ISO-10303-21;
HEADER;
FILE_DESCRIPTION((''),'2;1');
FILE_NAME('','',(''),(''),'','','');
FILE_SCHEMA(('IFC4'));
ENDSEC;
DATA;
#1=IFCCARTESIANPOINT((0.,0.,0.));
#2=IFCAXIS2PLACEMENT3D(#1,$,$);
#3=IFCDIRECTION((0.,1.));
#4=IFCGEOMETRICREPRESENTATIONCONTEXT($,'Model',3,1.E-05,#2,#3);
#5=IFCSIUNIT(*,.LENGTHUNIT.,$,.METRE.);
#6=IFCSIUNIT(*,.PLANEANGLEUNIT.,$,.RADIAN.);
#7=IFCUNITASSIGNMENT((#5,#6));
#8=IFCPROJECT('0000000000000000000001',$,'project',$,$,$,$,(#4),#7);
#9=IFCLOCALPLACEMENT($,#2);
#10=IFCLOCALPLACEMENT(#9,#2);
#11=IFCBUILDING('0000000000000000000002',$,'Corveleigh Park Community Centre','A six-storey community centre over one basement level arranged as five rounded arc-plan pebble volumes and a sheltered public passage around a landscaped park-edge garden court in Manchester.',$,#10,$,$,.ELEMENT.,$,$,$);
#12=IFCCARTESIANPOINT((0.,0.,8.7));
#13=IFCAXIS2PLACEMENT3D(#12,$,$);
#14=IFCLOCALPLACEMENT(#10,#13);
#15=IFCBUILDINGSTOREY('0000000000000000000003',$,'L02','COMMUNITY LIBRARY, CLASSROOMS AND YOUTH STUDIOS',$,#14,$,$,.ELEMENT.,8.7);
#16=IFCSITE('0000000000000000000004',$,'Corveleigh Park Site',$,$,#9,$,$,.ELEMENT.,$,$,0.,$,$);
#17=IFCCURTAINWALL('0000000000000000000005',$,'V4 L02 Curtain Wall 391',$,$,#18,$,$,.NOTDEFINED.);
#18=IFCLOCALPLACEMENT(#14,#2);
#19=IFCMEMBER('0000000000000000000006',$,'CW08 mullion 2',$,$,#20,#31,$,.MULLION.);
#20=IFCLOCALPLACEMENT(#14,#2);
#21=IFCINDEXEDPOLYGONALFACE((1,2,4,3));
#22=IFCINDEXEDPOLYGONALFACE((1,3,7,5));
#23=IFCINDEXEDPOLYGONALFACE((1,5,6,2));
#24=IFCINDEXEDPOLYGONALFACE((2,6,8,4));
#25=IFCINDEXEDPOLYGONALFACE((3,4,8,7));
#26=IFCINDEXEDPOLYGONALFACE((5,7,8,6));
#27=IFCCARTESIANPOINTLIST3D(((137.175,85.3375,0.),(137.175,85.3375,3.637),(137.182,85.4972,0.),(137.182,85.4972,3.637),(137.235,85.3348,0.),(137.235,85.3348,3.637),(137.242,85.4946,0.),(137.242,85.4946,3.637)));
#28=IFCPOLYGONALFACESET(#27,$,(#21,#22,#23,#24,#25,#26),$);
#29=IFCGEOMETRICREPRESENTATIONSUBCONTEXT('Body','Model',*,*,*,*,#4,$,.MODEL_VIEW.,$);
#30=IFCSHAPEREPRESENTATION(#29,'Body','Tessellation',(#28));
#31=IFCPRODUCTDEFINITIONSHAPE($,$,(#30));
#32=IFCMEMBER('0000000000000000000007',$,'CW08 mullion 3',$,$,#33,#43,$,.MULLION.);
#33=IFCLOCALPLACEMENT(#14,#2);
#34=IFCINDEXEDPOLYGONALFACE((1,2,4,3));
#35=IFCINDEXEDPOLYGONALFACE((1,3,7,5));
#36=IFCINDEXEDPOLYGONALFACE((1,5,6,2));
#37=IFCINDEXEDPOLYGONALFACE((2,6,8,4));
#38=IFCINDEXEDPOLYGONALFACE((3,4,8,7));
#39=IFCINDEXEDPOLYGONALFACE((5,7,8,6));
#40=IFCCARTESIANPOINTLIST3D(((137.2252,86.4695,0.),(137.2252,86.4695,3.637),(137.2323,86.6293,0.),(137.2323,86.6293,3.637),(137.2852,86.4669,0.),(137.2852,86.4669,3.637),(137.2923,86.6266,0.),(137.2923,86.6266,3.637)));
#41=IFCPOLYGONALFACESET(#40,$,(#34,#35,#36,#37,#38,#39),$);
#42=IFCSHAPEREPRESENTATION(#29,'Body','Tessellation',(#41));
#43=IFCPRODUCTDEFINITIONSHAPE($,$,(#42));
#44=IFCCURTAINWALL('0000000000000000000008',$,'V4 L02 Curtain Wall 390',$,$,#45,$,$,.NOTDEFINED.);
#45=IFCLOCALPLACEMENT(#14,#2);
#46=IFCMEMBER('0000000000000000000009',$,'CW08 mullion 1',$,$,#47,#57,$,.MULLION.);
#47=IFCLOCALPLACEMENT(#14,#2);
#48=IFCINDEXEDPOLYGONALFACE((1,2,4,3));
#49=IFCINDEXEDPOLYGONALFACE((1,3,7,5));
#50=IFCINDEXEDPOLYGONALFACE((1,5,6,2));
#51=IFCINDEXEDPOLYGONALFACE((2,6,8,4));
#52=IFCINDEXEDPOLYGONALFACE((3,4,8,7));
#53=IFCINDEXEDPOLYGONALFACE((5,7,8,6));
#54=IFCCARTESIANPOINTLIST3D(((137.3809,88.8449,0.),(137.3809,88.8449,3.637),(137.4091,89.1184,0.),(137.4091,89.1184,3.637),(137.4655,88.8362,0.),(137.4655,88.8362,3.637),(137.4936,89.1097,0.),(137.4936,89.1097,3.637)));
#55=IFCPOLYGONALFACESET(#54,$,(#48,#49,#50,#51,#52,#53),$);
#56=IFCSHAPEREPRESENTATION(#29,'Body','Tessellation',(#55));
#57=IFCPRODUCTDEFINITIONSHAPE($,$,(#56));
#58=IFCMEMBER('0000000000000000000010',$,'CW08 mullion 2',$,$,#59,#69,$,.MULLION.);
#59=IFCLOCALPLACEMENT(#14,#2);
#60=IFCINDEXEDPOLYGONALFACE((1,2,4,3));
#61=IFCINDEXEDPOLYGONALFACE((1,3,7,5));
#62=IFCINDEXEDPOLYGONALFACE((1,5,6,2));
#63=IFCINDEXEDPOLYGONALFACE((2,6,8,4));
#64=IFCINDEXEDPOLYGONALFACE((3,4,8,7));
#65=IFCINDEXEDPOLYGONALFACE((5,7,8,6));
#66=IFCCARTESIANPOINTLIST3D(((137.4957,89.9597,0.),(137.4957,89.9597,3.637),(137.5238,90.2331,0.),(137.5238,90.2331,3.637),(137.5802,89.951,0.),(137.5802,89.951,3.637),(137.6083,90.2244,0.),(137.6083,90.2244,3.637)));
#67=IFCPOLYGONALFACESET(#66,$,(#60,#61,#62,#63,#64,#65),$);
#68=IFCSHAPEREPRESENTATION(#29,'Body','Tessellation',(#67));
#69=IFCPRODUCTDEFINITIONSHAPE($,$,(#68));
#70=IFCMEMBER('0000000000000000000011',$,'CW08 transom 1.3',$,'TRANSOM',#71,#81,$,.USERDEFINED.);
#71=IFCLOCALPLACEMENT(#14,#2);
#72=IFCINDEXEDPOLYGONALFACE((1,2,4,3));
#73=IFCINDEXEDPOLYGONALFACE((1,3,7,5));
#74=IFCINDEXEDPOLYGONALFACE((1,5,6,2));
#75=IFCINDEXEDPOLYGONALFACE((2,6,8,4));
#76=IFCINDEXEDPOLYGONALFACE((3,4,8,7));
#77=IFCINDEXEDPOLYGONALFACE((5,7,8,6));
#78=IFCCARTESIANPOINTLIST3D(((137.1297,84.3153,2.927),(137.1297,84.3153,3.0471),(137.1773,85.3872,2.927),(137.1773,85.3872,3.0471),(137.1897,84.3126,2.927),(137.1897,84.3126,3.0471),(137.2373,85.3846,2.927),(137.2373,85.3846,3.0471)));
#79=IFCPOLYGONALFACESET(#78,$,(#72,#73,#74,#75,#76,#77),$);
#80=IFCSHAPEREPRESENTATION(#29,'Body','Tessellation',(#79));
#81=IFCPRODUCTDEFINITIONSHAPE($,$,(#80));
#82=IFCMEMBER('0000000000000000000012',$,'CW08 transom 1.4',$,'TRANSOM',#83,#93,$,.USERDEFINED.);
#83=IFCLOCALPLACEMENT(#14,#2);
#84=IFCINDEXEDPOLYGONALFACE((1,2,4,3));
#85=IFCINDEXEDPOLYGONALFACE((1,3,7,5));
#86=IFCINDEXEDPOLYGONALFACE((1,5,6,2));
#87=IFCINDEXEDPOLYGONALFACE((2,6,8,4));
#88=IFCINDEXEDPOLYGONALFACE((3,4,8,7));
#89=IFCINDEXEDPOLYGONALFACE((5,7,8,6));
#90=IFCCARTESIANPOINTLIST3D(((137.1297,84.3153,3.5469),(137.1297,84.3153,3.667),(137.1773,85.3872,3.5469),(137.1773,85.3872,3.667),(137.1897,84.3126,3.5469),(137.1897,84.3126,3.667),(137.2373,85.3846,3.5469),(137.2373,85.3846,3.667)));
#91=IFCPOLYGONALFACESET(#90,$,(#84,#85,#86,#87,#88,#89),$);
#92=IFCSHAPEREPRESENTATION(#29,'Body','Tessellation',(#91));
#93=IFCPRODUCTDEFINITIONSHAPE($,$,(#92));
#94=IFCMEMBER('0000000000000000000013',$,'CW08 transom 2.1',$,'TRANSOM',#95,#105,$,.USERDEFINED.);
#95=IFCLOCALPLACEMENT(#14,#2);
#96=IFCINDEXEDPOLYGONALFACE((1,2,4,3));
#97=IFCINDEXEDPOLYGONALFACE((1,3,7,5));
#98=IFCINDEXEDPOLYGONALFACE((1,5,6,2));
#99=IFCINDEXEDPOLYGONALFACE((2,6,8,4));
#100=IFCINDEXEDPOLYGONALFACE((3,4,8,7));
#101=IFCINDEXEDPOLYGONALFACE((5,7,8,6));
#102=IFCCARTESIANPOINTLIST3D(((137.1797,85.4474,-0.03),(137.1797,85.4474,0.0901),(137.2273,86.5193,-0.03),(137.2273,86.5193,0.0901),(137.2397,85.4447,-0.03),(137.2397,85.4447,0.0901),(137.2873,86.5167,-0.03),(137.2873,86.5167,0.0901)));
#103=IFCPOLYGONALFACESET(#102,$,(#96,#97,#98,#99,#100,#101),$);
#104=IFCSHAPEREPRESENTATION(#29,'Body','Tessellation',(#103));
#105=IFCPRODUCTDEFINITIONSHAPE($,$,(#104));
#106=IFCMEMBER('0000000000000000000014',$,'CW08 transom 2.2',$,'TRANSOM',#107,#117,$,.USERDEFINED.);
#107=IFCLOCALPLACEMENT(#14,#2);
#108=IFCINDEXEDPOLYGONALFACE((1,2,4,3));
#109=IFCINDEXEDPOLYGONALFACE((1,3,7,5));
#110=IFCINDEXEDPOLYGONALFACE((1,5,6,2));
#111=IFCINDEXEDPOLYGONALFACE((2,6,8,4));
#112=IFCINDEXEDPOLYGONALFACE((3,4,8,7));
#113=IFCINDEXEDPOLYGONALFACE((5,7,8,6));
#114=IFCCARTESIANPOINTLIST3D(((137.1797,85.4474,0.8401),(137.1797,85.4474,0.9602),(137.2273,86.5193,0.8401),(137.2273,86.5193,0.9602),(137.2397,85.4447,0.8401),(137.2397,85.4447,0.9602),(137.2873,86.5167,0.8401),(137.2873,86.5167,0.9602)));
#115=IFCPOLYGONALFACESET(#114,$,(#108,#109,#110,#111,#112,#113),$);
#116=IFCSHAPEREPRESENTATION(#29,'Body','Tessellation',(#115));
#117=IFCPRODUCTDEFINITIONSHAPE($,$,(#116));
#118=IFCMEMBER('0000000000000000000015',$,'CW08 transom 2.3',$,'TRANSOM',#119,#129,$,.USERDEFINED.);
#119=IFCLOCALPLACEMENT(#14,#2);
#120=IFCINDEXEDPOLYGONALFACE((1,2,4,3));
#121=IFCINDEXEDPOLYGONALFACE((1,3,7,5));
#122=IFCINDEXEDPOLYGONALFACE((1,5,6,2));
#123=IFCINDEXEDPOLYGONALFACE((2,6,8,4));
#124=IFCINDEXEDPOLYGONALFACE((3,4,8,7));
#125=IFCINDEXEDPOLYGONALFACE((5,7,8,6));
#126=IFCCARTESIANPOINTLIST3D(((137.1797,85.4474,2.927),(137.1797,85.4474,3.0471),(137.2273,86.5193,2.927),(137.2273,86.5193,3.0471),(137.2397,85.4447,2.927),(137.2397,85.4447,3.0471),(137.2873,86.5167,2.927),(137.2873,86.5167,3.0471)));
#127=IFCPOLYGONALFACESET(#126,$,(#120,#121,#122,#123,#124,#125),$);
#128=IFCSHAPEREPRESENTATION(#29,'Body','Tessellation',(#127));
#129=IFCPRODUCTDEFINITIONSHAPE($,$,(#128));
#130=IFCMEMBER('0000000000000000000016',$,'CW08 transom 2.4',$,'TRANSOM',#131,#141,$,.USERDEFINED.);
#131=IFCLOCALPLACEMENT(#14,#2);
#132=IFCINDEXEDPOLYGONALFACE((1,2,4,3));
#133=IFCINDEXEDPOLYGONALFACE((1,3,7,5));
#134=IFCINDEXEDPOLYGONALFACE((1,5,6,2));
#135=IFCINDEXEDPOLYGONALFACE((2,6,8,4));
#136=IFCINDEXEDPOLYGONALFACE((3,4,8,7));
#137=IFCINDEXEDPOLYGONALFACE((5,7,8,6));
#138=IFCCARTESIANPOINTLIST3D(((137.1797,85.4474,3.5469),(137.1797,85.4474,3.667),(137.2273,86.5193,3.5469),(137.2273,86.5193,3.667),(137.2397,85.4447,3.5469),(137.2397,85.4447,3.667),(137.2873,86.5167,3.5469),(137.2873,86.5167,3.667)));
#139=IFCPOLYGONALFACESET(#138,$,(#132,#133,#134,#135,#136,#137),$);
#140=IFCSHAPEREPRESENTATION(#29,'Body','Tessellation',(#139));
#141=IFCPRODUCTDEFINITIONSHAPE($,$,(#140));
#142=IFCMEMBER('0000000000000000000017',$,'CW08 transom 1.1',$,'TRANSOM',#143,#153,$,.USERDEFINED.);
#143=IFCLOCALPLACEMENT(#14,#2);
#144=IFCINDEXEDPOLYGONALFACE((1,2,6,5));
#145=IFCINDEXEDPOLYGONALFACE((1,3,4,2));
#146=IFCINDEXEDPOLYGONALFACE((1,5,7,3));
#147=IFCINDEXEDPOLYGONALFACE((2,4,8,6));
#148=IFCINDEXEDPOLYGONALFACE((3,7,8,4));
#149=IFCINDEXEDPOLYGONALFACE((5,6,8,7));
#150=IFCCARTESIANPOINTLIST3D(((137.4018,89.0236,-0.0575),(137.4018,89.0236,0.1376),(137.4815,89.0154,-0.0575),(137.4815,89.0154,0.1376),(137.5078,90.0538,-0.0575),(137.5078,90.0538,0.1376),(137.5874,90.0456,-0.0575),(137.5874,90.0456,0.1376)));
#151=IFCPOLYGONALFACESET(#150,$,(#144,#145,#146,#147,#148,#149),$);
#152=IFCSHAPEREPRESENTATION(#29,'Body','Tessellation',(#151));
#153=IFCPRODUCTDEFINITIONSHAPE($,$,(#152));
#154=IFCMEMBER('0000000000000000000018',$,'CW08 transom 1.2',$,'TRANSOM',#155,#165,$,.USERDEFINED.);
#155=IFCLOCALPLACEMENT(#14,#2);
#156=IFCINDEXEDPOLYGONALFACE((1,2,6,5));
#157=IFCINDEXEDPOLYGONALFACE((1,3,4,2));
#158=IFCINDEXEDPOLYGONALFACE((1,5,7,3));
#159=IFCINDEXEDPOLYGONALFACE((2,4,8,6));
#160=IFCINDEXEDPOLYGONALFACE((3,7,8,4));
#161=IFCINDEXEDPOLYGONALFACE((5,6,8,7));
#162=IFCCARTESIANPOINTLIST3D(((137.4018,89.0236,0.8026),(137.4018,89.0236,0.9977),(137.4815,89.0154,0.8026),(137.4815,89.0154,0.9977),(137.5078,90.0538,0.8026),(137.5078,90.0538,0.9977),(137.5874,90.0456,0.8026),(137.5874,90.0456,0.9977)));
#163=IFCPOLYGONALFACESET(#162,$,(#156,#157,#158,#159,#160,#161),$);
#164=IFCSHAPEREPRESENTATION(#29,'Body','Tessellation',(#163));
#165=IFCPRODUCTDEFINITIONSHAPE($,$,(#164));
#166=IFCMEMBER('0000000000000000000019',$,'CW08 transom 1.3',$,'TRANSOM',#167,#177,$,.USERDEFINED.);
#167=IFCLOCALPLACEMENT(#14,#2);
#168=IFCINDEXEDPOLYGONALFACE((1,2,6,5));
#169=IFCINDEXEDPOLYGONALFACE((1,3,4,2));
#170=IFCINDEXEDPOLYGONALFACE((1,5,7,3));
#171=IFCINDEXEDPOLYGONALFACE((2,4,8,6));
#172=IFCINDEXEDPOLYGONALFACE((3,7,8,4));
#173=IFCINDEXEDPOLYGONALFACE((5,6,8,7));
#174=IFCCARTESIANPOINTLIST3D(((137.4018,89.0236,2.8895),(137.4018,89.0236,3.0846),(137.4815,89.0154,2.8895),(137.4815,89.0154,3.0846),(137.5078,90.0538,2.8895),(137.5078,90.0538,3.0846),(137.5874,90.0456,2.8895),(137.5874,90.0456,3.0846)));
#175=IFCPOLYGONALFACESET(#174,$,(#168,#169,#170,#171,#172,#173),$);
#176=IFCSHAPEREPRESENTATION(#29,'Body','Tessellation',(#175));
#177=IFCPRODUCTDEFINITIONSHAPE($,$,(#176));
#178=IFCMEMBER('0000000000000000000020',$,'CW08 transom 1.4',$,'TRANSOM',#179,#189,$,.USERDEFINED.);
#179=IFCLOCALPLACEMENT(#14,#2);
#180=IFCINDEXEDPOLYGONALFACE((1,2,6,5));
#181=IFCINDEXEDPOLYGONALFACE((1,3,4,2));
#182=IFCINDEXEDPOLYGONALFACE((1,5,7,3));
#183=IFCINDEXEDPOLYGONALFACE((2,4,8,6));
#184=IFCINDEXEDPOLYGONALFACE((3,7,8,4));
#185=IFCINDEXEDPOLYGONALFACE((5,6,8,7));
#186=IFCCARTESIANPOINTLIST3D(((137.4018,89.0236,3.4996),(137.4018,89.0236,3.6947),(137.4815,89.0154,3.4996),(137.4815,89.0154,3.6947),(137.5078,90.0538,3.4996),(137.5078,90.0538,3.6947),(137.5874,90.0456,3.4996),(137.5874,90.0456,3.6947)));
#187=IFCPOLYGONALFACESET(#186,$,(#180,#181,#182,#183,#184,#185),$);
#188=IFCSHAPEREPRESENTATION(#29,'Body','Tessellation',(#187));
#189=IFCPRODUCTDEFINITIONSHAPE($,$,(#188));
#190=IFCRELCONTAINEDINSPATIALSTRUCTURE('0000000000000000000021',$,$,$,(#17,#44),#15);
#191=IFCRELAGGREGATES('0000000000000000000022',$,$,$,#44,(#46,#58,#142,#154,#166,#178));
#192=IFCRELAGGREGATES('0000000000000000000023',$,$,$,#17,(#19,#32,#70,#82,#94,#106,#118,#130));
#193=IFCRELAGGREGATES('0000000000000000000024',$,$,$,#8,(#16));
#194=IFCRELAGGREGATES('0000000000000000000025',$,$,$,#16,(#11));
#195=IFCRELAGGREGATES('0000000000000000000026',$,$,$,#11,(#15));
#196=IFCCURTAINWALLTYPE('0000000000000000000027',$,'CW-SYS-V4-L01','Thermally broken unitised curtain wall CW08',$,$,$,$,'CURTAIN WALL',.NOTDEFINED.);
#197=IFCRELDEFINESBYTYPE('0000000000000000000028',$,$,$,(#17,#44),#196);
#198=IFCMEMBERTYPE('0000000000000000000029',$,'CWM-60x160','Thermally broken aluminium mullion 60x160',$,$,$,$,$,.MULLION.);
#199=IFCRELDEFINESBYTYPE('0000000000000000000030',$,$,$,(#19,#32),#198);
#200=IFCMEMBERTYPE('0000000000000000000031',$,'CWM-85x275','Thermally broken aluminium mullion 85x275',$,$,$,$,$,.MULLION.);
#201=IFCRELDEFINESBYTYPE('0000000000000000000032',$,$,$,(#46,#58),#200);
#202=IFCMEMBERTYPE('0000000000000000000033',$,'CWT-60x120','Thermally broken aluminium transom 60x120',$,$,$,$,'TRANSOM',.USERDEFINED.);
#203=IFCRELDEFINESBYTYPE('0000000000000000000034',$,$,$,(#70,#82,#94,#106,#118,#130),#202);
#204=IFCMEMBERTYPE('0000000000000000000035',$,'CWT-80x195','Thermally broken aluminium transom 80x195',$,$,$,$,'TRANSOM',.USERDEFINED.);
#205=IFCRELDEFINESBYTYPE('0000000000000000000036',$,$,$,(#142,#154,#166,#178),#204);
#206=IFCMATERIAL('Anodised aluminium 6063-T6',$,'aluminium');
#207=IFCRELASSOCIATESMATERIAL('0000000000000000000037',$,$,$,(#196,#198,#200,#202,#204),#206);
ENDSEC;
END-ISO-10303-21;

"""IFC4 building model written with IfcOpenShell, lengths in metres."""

from ifc_helpers import new_model, si_unit, direction, frame, origin, origin_2d, place, context, subcontext, project, spatial, rectangle, extrude, material, material_profile, profile_set, type_object, element, aggregate, save


model = new_model("IFC4")

# Units and contexts
model_context = context("Model", 3, precision=1e-05, world=origin(), true_north=direction((0.0, 1.0)))
body_context = subcontext(model_context, "Body", "Model", "MODEL_VIEW")
ifc_project = project(units=[si_unit("LENGTHUNIT", "METRE"), si_unit("PLANEANGLEUNIT", "RADIAN")], contexts=[model_context])

# Site, building, storey
site_placement = place(None, origin())
site = spatial("IfcSite", under=ifc_project, at=site_placement, Name="Corveleigh Park Site", CompositionType="ELEMENT", RefElevation=0.0)
building_placement = place(site_placement, origin())
building = spatial("IfcBuilding", under=site, at=building_placement, Name="Corveleigh Park Community Centre", Description="A six-storey community centre over one basement level arranged as five rounded arc-plan pebble volumes and a sheltered public passage around a landscaped park-edge garden court in Manchester.", CompositionType="ELEMENT")
storey_placement = place(building_placement, frame((0.0, 0.0, 8.7)))
storey = spatial("IfcBuildingStorey", under=building, at=storey_placement, Name="L02", Description="COMMUNITY LIBRARY, CLASSROOMS AND YOUTH STUDIOS", CompositionType="ELEMENT", Elevation=8.7)

# Curtain walls, members
ifc_material_1 = material(Name="Anodised aluminium 6063-T6", Category="aluminium")
curtain_wall_type = type_object("IfcCurtainWallType", Name="CW-SYS-V4-L01", Description="Thermally broken unitised curtain wall CW08", ElementType="CURTAIN WALL", PredefinedType="NOTDEFINED", material=ifc_material_1)
curtain_wall_1_placement = place(storey_placement, origin())
curtain_wall_1 = element("IfcCurtainWall", 1, at=curtain_wall_1_placement, inside=storey, type_object=curtain_wall_type, Name="V4 L02 Curtain Wall 391", PredefinedType="NOTDEFINED")
ifc_material_profile_1 = material_profile(ifc_material_1, rectangle(XDim=0.0601, YDim=0.1599, at=origin_2d()), Name="ALU-M60x160", Category="aluminium")
ifc_profile_set_1 = profile_set([ifc_material_profile_1], Name="Anodised aluminium 6063-T6")
member_type_1 = type_object("IfcMemberType", Name="CWM-60x160", Description="Thermally broken aluminium mullion 60x160", PredefinedType="MULLION", material=ifc_profile_set_1)
member_1_placement = place(storey_placement, frame((137.2085, 85.416, 0.0), z_axis=(0.0, 0.0, 1.0), x_axis=(-0.999019, 0.044277, 0.0)))
member_1 = element("IfcMember", 2, at=member_1_placement, type_object=member_type_1, Name="CW08 mullion 2", PredefinedType="MULLION", context=body_context, shape_type="SweptSolid", body=[
    extrude(rectangle(XDim=0.0601, YDim=0.1599, at=origin_2d()), origin(), (0.0, 0.0, 1.0), 3.637),
])
member_2_placement = place(storey_placement, frame((137.2588, 86.5481, 0.0), z_axis=(0.0, 0.0, 1.0), x_axis=(-0.999019, 0.044277, 0.0)))
member_2 = element("IfcMember", 3, at=member_2_placement, type_object=member_type_1, Name="CW08 mullion 3", PredefinedType="MULLION", context=body_context, shape_type="SweptSolid", body=[
    extrude(rectangle(XDim=0.0601, YDim=0.1599, at=origin_2d()), origin(), (0.0, 0.0, 1.0), 3.637),
])
curtain_wall_2_placement = place(storey_placement, origin())
curtain_wall_2 = element("IfcCurtainWall", 4, at=curtain_wall_2_placement, inside=storey, type_object=curtain_wall_type, Name="V4 L02 Curtain Wall 390", PredefinedType="NOTDEFINED")
ifc_material_profile_2 = material_profile(ifc_material_1, rectangle(XDim=0.085, YDim=0.2749, at=origin_2d()), Name="ALU-M85x275", Category="aluminium")
ifc_profile_set_2 = profile_set([ifc_material_profile_2], Name="Anodised aluminium 6063-T6")
member_type_2 = type_object("IfcMemberType", Name="CWM-85x275", Description="Thermally broken aluminium mullion 85x275", PredefinedType="MULLION", material=ifc_profile_set_2)
member_3_placement = place(storey_placement, frame((137.4373, 88.9773, 0.0), z_axis=(0.0, 0.0, 1.0), x_axis=(-0.994752, 0.102312, 0.0)))
member_3 = element("IfcMember", 5, at=member_3_placement, type_object=member_type_2, Name="CW08 mullion 1", PredefinedType="MULLION", context=body_context, shape_type="SweptSolid", body=[
    extrude(rectangle(XDim=0.085, YDim=0.2749, at=origin_2d()), origin(), (0.0, 0.0, 1.0), 3.637),
])
member_4_placement = place(storey_placement, frame((137.552, 90.092, 0.0), z_axis=(0.0, 0.0, 1.0), x_axis=(-0.994752, 0.102312, 0.0)))
member_4 = element("IfcMember", 6, at=member_4_placement, type_object=member_type_2, Name="CW08 mullion 2", PredefinedType="MULLION", context=body_context, shape_type="SweptSolid", body=[
    extrude(rectangle(XDim=0.085, YDim=0.2749, at=origin_2d()), origin(), (0.0, 0.0, 1.0), 3.637),
])

# Members
ifc_material_profile_3 = material_profile(ifc_material_1, rectangle(XDim=0.0601, YDim=0.1201, at=origin_2d()), Name="ALU-T60x120", Category="aluminium")
ifc_profile_set_3 = profile_set([ifc_material_profile_3], Name="Anodised aluminium 6063-T6")
member_type_3 = type_object("IfcMemberType", Name="CWT-60x120", Description="Thermally broken aluminium transom 60x120", ElementType="TRANSOM", PredefinedType="USERDEFINED", material=ifc_profile_set_3)
member_5_placement = place(storey_placement, frame((137.1597, 84.314, 2.9871), z_axis=(0.044365, 0.999015, 0.0), x_axis=(-0.999015, 0.044365, 0.0)))
member_5 = element("IfcMember", 7, at=member_5_placement, type_object=member_type_3, Name="CW08 transom 1.3", ObjectType="TRANSOM", PredefinedType="USERDEFINED", context=body_context, shape_type="SweptSolid", body=[
    extrude(rectangle(XDim=0.0601, YDim=0.1201, at=origin_2d()), origin(), (0.0, 0.0, 1.0), 1.073),
])
member_6_placement = place(storey_placement, frame((137.1597, 84.314, 3.6069), z_axis=(0.044365, 0.999015, 0.0), x_axis=(-0.999015, 0.044365, 0.0)))
member_6 = element("IfcMember", 8, at=member_6_placement, type_object=member_type_3, Name="CW08 transom 1.4", ObjectType="TRANSOM", PredefinedType="USERDEFINED", context=body_context, shape_type="SweptSolid", body=[
    extrude(rectangle(XDim=0.0601, YDim=0.1201, at=origin_2d()), origin(), (0.0, 0.0, 1.0), 1.073),
])
member_7_placement = place(storey_placement, frame((137.2097, 85.446, 0.03), z_axis=(0.044365, 0.999015, 0.0), x_axis=(-0.999015, 0.044365, 0.0)))
member_7 = element("IfcMember", 9, at=member_7_placement, type_object=member_type_3, Name="CW08 transom 2.1", ObjectType="TRANSOM", PredefinedType="USERDEFINED", context=body_context, shape_type="SweptSolid", body=[
    extrude(rectangle(XDim=0.0601, YDim=0.1201, at=origin_2d()), origin(), (0.0, 0.0, 1.0), 1.073),
])
member_8_placement = place(storey_placement, frame((137.2097, 85.446, 0.9001), z_axis=(0.044365, 0.999015, 0.0), x_axis=(-0.999015, 0.044365, 0.0)))
member_8 = element("IfcMember", 10, at=member_8_placement, type_object=member_type_3, Name="CW08 transom 2.2", ObjectType="TRANSOM", PredefinedType="USERDEFINED", context=body_context, shape_type="SweptSolid", body=[
    extrude(rectangle(XDim=0.0601, YDim=0.1201, at=origin_2d()), origin(), (0.0, 0.0, 1.0), 1.073),
])
member_9_placement = place(storey_placement, frame((137.2097, 85.446, 2.9871), z_axis=(0.044365, 0.999015, 0.0), x_axis=(-0.999015, 0.044365, 0.0)))
member_9 = element("IfcMember", 11, at=member_9_placement, type_object=member_type_3, Name="CW08 transom 2.3", ObjectType="TRANSOM", PredefinedType="USERDEFINED", context=body_context, shape_type="SweptSolid", body=[
    extrude(rectangle(XDim=0.0601, YDim=0.1201, at=origin_2d()), origin(), (0.0, 0.0, 1.0), 1.073),
])
member_10_placement = place(storey_placement, frame((137.2097, 85.446, 3.6069), z_axis=(0.044365, 0.999015, 0.0), x_axis=(-0.999015, 0.044365, 0.0)))
member_10 = element("IfcMember", 12, at=member_10_placement, type_object=member_type_3, Name="CW08 transom 2.4", ObjectType="TRANSOM", PredefinedType="USERDEFINED", context=body_context, shape_type="SweptSolid", body=[
    extrude(rectangle(XDim=0.0601, YDim=0.1201, at=origin_2d()), origin(), (0.0, 0.0, 1.0), 1.073),
])
ifc_material_profile_4 = material_profile(ifc_material_1, rectangle(XDim=0.0801, YDim=0.1951, at=origin_2d()), Name="ALU-T80x195", Category="aluminium")
ifc_profile_set_4 = profile_set([ifc_material_profile_4], Name="Anodised aluminium 6063-T6")
member_type_4 = type_object("IfcMemberType", Name="CWT-80x195", Description="Thermally broken aluminium transom 80x195", ElementType="TRANSOM", PredefinedType="USERDEFINED", material=ifc_profile_set_4)
member_11_placement = place(storey_placement, frame((137.4417, 89.0195, 0.04), z_axis=(0.102304, 0.994753, 0.0), x_axis=(-0.994753, 0.102304, 0.0)))
member_11 = element("IfcMember", 13, at=member_11_placement, type_object=member_type_4, Name="CW08 transom 1.1", ObjectType="TRANSOM", PredefinedType="USERDEFINED", context=body_context, shape_type="SweptSolid", body=[
    extrude(rectangle(XDim=0.0801, YDim=0.1951, at=origin_2d()), origin(), (0.0, 0.0, 1.0), 1.0356),
])
member_12_placement = place(storey_placement, frame((137.4417, 89.0195, 0.9001), z_axis=(0.102304, 0.994753, 0.0), x_axis=(-0.994753, 0.102304, 0.0)))
member_12 = element("IfcMember", 14, at=member_12_placement, type_object=member_type_4, Name="CW08 transom 1.2", ObjectType="TRANSOM", PredefinedType="USERDEFINED", context=body_context, shape_type="SweptSolid", body=[
    extrude(rectangle(XDim=0.0801, YDim=0.1951, at=origin_2d()), origin(), (0.0, 0.0, 1.0), 1.0356),
])
member_13_placement = place(storey_placement, frame((137.4417, 89.0195, 2.9871), z_axis=(0.102304, 0.994753, 0.0), x_axis=(-0.994753, 0.102304, 0.0)))
member_13 = element("IfcMember", 15, at=member_13_placement, type_object=member_type_4, Name="CW08 transom 1.3", ObjectType="TRANSOM", PredefinedType="USERDEFINED", context=body_context, shape_type="SweptSolid", body=[
    extrude(rectangle(XDim=0.0801, YDim=0.1951, at=origin_2d()), origin(), (0.0, 0.0, 1.0), 1.0356),
])
member_14_placement = place(storey_placement, frame((137.4417, 89.0195, 3.5972), z_axis=(0.102304, 0.994753, 0.0), x_axis=(-0.994753, 0.102304, 0.0)))
member_14 = element("IfcMember", 16, at=member_14_placement, type_object=member_type_4, Name="CW08 transom 1.4", ObjectType="TRANSOM", PredefinedType="USERDEFINED", context=body_context, shape_type="SweptSolid", body=[
    extrude(rectangle(XDim=0.0801, YDim=0.1951, at=origin_2d()), origin(), (0.0, 0.0, 1.0), 1.0356),
])

aggregate(curtain_wall_2, [member_3, member_4, member_11, member_12, member_13, member_14])
aggregate(curtain_wall_1, [member_1, member_2, member_5, member_6, member_7, member_8, member_9, member_10])

save(model, "model.ifc")
